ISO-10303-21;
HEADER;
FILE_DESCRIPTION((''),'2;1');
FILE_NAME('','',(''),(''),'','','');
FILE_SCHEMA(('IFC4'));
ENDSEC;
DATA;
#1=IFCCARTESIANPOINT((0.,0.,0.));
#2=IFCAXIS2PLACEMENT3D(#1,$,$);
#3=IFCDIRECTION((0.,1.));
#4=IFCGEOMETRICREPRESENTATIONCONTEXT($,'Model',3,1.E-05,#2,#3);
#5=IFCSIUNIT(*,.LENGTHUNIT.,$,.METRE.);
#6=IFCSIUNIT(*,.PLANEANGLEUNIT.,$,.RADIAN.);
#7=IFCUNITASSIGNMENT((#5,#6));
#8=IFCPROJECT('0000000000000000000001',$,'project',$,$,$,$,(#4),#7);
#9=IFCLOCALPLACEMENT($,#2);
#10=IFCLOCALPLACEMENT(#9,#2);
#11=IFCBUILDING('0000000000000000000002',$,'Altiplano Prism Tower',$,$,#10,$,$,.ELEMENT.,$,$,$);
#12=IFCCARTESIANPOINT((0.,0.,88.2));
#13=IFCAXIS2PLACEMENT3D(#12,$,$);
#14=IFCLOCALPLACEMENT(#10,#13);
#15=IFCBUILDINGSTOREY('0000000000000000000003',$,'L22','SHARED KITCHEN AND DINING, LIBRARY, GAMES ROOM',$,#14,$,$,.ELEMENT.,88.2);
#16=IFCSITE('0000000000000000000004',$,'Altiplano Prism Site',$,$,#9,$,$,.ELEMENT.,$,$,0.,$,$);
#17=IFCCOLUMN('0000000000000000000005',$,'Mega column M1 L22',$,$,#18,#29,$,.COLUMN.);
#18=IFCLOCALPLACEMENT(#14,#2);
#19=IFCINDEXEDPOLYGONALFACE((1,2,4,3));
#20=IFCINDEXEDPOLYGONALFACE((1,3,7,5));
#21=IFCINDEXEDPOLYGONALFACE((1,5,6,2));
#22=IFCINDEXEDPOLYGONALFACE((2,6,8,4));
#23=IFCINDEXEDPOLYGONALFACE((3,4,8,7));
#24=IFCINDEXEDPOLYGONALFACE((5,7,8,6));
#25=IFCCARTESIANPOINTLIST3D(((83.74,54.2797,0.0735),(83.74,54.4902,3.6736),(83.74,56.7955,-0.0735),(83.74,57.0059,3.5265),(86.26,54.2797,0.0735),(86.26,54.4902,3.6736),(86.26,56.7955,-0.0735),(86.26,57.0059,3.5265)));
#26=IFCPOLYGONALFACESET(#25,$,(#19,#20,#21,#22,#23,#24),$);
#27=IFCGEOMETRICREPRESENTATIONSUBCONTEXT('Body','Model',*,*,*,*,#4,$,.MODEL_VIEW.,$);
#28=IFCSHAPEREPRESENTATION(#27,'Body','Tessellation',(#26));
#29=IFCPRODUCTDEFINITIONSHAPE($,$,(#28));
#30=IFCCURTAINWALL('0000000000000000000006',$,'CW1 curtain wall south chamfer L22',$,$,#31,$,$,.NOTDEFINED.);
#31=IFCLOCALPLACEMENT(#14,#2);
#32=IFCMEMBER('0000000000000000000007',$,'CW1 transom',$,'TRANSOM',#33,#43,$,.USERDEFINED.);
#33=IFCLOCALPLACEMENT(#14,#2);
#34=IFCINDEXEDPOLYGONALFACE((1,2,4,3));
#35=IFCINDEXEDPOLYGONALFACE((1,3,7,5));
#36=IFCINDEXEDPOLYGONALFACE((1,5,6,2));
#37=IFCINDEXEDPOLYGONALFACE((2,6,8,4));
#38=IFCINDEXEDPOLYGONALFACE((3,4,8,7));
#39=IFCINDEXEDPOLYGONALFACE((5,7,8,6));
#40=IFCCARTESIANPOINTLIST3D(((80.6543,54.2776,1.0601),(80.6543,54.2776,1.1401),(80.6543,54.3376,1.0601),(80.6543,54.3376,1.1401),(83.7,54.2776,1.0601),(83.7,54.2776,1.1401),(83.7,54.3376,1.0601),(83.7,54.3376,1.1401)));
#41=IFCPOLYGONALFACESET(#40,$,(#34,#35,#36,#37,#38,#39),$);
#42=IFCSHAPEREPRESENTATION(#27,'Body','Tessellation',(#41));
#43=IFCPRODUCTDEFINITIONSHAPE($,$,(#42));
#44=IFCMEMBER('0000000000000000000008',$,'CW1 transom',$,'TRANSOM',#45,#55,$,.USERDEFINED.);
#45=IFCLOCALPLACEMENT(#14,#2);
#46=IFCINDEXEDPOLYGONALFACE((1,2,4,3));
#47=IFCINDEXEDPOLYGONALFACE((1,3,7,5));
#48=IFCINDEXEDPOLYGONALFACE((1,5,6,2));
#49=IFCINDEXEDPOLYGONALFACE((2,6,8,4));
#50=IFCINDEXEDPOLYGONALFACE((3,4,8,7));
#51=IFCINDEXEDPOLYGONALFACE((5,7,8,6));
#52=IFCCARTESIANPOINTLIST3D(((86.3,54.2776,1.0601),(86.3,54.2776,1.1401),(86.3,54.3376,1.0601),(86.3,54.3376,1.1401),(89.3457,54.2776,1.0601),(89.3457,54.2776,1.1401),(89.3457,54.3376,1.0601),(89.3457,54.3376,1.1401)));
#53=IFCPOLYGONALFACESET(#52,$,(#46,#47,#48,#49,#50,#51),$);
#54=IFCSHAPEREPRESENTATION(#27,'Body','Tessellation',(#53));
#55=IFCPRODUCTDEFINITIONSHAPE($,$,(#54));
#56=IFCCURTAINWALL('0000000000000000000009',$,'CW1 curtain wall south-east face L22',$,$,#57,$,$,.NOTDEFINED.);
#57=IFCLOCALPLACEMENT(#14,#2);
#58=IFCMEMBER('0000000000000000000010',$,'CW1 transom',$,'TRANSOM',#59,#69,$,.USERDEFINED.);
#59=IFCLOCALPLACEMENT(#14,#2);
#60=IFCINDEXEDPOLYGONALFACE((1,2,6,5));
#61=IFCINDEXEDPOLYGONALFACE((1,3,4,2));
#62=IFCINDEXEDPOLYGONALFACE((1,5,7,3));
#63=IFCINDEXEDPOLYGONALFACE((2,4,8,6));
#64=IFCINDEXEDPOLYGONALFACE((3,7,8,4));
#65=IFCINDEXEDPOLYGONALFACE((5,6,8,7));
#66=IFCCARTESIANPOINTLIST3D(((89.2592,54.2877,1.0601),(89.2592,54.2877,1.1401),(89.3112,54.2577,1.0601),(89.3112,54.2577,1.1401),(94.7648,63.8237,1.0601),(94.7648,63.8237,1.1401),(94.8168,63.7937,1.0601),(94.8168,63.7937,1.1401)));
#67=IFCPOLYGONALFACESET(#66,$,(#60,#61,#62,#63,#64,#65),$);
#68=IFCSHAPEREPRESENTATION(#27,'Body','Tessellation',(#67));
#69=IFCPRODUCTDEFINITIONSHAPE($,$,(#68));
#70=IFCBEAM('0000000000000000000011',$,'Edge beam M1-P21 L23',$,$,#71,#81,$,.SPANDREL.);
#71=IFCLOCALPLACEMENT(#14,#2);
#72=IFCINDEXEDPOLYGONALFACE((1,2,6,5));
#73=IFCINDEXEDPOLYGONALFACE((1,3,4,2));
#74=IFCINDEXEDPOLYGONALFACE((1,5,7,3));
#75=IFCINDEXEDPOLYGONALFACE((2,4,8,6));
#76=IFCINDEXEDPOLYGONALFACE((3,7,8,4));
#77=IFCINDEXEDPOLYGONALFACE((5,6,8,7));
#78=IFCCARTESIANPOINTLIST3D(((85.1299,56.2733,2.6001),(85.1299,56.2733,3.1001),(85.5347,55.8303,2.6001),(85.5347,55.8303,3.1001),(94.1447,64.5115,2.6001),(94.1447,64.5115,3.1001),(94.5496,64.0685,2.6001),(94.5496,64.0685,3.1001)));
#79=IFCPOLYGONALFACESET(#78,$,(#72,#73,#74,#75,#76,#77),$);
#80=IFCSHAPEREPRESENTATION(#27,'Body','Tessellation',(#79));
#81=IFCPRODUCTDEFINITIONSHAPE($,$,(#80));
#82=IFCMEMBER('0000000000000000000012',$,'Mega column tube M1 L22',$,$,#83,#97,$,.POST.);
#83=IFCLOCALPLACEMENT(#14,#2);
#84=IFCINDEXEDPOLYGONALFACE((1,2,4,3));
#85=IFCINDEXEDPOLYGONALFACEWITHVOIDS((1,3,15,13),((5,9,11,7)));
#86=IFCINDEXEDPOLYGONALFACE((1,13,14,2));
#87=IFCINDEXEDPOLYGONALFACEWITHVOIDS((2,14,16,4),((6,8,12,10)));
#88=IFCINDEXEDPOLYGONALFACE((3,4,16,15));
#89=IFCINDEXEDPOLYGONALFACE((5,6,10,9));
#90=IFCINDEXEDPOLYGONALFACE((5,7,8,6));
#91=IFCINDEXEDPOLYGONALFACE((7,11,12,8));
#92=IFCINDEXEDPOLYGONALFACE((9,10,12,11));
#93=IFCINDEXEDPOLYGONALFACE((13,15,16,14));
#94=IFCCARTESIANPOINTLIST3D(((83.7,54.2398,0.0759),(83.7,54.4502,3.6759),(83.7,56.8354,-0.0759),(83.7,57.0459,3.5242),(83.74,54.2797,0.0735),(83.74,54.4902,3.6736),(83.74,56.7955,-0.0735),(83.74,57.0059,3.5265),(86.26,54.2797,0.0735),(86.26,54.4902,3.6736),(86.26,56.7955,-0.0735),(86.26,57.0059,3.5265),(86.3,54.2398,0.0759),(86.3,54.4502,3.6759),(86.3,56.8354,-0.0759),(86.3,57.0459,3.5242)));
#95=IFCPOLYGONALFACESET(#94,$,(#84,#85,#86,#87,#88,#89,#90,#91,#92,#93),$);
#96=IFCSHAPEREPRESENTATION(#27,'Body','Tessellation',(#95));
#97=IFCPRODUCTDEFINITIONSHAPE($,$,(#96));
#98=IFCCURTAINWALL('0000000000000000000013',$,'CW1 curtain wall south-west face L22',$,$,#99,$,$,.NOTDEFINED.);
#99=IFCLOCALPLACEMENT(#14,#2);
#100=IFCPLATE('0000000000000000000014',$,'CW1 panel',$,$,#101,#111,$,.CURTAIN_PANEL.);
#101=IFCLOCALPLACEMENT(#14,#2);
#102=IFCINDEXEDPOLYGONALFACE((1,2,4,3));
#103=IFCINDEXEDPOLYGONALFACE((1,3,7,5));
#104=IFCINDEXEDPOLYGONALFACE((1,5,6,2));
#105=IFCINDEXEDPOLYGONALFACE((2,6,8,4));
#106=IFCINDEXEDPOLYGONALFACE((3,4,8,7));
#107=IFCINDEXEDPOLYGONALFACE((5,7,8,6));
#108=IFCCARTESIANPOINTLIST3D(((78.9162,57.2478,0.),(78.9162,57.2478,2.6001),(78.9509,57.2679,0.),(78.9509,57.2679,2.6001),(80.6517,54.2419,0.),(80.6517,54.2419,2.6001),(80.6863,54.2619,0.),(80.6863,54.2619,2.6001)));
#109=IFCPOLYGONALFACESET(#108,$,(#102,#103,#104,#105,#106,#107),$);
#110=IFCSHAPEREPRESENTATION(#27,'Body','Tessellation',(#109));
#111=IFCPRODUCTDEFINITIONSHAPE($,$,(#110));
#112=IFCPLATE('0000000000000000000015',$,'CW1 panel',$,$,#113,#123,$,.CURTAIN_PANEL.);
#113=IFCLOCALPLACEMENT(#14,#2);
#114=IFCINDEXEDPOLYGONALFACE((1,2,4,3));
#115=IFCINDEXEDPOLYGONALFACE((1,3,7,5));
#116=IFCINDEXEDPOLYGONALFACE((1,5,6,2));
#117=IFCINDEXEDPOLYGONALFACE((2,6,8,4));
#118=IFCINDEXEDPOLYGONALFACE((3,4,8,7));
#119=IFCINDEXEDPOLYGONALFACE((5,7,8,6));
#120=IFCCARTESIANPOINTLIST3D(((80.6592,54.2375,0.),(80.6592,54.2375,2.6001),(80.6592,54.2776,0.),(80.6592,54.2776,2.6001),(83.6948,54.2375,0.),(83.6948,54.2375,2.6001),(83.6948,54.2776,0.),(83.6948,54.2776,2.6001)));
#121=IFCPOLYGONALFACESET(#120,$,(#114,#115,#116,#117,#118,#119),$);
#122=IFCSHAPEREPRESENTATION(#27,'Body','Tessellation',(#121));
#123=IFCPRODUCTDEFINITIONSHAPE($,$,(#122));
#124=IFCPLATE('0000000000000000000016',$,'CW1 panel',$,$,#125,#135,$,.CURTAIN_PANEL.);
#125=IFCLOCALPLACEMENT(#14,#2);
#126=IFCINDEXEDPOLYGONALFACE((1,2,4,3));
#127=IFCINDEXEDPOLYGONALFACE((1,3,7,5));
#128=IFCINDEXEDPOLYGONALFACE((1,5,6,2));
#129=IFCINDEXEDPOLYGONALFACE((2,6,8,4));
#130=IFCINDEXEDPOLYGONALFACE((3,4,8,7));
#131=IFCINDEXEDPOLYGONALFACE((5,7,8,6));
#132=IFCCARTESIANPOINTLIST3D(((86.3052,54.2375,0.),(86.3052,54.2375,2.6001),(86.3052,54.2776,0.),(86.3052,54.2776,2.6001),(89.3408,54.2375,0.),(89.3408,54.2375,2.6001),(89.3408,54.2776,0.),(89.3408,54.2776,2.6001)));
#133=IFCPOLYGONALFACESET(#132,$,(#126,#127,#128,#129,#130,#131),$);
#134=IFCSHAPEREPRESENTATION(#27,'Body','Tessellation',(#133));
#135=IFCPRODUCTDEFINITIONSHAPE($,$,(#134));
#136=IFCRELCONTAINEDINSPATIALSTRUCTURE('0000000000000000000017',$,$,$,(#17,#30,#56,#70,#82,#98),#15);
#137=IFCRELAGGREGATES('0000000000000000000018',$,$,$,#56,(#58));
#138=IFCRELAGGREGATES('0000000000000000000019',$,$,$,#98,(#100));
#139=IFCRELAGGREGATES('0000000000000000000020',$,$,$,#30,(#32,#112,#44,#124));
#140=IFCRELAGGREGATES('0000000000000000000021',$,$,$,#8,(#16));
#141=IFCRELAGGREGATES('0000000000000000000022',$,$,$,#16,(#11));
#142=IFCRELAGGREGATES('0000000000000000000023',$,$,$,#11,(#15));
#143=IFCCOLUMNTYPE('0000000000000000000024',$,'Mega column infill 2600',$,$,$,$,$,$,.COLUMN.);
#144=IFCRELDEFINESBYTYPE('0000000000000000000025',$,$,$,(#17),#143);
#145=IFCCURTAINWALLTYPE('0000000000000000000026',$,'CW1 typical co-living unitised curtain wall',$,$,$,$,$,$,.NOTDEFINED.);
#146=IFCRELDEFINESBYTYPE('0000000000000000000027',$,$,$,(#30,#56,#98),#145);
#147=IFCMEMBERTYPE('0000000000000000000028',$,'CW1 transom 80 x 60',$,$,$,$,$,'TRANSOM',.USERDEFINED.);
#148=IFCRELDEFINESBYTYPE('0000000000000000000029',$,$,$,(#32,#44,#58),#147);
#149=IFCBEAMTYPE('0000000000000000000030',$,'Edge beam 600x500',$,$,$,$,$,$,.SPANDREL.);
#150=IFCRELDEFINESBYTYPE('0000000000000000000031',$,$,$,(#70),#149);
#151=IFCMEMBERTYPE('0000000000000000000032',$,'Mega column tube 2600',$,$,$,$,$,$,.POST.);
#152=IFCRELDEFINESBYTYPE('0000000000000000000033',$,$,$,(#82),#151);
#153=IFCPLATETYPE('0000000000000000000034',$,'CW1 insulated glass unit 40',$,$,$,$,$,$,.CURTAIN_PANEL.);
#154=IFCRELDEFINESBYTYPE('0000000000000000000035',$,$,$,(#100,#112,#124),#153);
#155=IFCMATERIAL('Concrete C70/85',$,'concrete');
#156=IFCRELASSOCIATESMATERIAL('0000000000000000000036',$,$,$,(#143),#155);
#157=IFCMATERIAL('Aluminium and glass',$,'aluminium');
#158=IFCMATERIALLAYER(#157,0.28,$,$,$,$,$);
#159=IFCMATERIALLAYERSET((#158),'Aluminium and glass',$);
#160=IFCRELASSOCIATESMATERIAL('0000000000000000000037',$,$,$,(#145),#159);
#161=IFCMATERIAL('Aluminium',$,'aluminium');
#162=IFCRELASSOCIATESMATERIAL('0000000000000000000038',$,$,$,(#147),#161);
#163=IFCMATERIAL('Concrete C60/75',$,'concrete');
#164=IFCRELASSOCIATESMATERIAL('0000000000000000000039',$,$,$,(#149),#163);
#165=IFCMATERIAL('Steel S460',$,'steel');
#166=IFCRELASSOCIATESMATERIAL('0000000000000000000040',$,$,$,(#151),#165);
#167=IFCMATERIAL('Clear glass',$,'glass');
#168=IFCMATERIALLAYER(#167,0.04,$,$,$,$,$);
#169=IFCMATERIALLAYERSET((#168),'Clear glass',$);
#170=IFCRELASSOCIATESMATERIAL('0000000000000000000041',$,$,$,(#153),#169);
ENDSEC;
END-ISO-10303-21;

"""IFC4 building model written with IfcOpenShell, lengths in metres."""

from ifc_helpers import new_model, si_unit, direction, frame, origin, origin_2d, place, context, subcontext, project, spatial, rectangle, hollow_rectangle, extrude, material, layer, layer_set, material_profile, profile_set, type_object, element, aggregate, save


model = new_model("IFC4")

# Units and contexts
model_context = context("Model", 3, precision=1e-05, world=origin(), true_north=direction((0.0, 1.0)))
body_context = subcontext(model_context, "Body", "Model", "MODEL_VIEW")
ifc_project = project(units=[si_unit("LENGTHUNIT", "METRE"), si_unit("PLANEANGLEUNIT", "RADIAN")], contexts=[model_context])

# Site, building, storey
site_placement = place(None, origin())
site = spatial("IfcSite", under=ifc_project, at=site_placement, Name="Altiplano Prism Site", CompositionType="ELEMENT", RefElevation=0.0)
building_placement = place(site_placement, origin())
building = spatial("IfcBuilding", under=site, at=building_placement, Name="Altiplano Prism Tower", CompositionType="ELEMENT")
storey_placement = place(building_placement, frame((0.0, 0.0, 88.2)))
storey = spatial("IfcBuildingStorey", under=building, at=storey_placement, Name="L22", Description="SHARED KITCHEN AND DINING, LIBRARY, GAMES ROOM", CompositionType="ELEMENT", Elevation=88.2)

# Column
ifc_material_1 = material(Name="Concrete C70/85", Category="concrete")
ifc_material_profile_1 = material_profile(ifc_material_1, rectangle(XDim=2.52, YDim=2.52, at=origin_2d()), Name="Mega column infill 2600")
ifc_profile_set_1 = profile_set([ifc_material_profile_1], Name="Concrete C70/85")
column_type = type_object("IfcColumnType", Name="Mega column infill 2600", PredefinedType="COLUMN", material=ifc_profile_set_1)
column_placement = place(storey_placement, frame((85.0, 55.5376, 0.0), z_axis=(0.0, 0.058357, 0.998296), x_axis=(-1.0, 0.0, 0.0)))
element("IfcColumn", 1, at=column_placement, inside=storey, type_object=column_type, Name="Mega column M1 L22", PredefinedType="COLUMN", context=body_context, shape_type="SweptSolid", body=[
    extrude(rectangle(XDim=2.52, YDim=2.52, at=origin_2d()), origin(), (0.0, 0.0, 1.0), 3.6062),
])

# Curtain wall, members
ifc_material_2 = material(Name="Aluminium and glass", Category="aluminium")
ifc_layer_1 = layer(ifc_material_2, 0.28)
ifc_layer_set_1 = layer_set([ifc_layer_1], Name="Aluminium and glass")
curtain_wall_type = type_object("IfcCurtainWallType", Name="CW1 typical co-living unitised curtain wall", PredefinedType="NOTDEFINED", material=ifc_layer_set_1)
curtain_wall_1_placement = place(storey_placement, origin())
curtain_wall_1 = element("IfcCurtainWall", 2, at=curtain_wall_1_placement, inside=storey, type_object=curtain_wall_type, Name="CW1 curtain wall south chamfer L22", PredefinedType="NOTDEFINED")
ifc_material_3 = material(Name="Aluminium", Category="aluminium")
ifc_material_profile_2 = material_profile(ifc_material_3, rectangle(XDim=0.0601, YDim=0.0801, at=origin_2d()), Name="CW1 transom 80 x 60")
ifc_profile_set_2 = profile_set([ifc_material_profile_2], Name="Aluminium")
member_type_1 = type_object("IfcMemberType", Name="CW1 transom 80 x 60", ElementType="TRANSOM", PredefinedType="USERDEFINED", material=ifc_profile_set_2)
member_1_placement = place(storey_placement, frame((80.6543, 54.3076, 1.1001), z_axis=(1.0, 0.0, 0.0), x_axis=(0.0, 1.0, 0.0)))
member_1 = element("IfcMember", 3, at=member_1_placement, type_object=member_type_1, Name="CW1 transom", ObjectType="TRANSOM", PredefinedType="USERDEFINED", context=body_context, shape_type="SweptSolid", body=[
    extrude(rectangle(XDim=0.0601, YDim=0.0801, at=origin_2d()), origin(), (0.0, 0.0, 1.0), 3.0457),
])
member_2_placement = place(storey_placement, frame((86.3, 54.3076, 1.1001), z_axis=(1.0, 0.0, 0.0), x_axis=(0.0, 1.0, 0.0)))
member_2 = element("IfcMember", 4, at=member_2_placement, type_object=member_type_1, Name="CW1 transom", ObjectType="TRANSOM", PredefinedType="USERDEFINED", context=body_context, shape_type="SweptSolid", body=[
    extrude(rectangle(XDim=0.0601, YDim=0.0801, at=origin_2d()), origin(), (0.0, 0.0, 1.0), 3.0457),
])

# Curtain wall, member
curtain_wall_2_placement = place(storey_placement, origin())
curtain_wall_2 = element("IfcCurtainWall", 5, at=curtain_wall_2_placement, inside=storey, type_object=curtain_wall_type, Name="CW1 curtain wall south-east face L22", PredefinedType="NOTDEFINED")
member_3_placement = place(storey_placement, frame((89.2852, 54.2727, 1.1001), z_axis=(0.500005, 0.866023, 0.0), x_axis=(-0.866023, 0.500005, 0.0)))
member_3 = element("IfcMember", 6, at=member_3_placement, type_object=member_type_1, Name="CW1 transom", ObjectType="TRANSOM", PredefinedType="USERDEFINED", context=body_context, shape_type="SweptSolid", body=[
    extrude(rectangle(XDim=0.0601, YDim=0.0801, at=origin_2d()), origin(), (0.0, 0.0, 1.0), 11.0112),
])
aggregate(curtain_wall_2, [member_3])

# Beam
ifc_material_4 = material(Name="Concrete C60/75", Category="concrete")
ifc_material_profile_3 = material_profile(ifc_material_4, rectangle(XDim=0.6001, YDim=0.5, at=origin_2d()), Name="Edge beam 600x500")
ifc_profile_set_3 = profile_set([ifc_material_profile_3], Name="Concrete C60/75")
beam_type = type_object("IfcBeamType", Name="Edge beam 600x500", PredefinedType="SPANDREL", material=ifc_profile_set_3)
beam_placement = place(storey_placement, frame((85.3323, 56.0518, 2.8501), z_axis=(0.738188, 0.674595, 0.0), x_axis=(-0.674595, 0.738188, 0.0)))
element("IfcBeam", 7, at=beam_placement, inside=storey, type_object=beam_type, Name="Edge beam M1-P21 L23", PredefinedType="SPANDREL", context=body_context, shape_type="SweptSolid", body=[
    extrude(rectangle(XDim=0.6001, YDim=0.5, at=origin_2d()), origin(), (0.0, 0.0, 1.0), 12.2122),
])

# Member
ifc_material_5 = material(Name="Steel S460", Category="steel")
ifc_material_profile_4 = material_profile(ifc_material_5, hollow_rectangle(XDim=2.6001, YDim=2.6001, WallThickness=0.04, at=origin_2d()), Name="Mega column tube 2600")
ifc_profile_set_4 = profile_set([ifc_material_profile_4], Name="Steel S460")
member_type_2 = type_object("IfcMemberType", Name="Mega column tube 2600", PredefinedType="POST", material=ifc_profile_set_4)
member_4_placement = place(storey_placement, frame((85.0, 55.5376, 0.0), z_axis=(0.0, 0.058357, 0.998296), x_axis=(-1.0, 0.0, 0.0)))
element("IfcMember", 8, at=member_4_placement, inside=storey, type_object=member_type_2, Name="Mega column tube M1 L22", PredefinedType="POST", context=body_context, shape_type="SweptSolid", body=[
    extrude(hollow_rectangle(XDim=2.6001, YDim=2.6001, WallThickness=0.04, at=origin_2d()), origin(), (0.0, 0.0, 1.0), 3.6062),
])

# Curtain wall, plate
curtain_wall_3_placement = place(storey_placement, origin())
curtain_wall_3 = element("IfcCurtainWall", 9, at=curtain_wall_3_placement, inside=storey, type_object=curtain_wall_type, Name="CW1 curtain wall south-west face L22", PredefinedType="NOTDEFINED")
ifc_material_6 = material(Name="Clear glass", Category="glass")
ifc_layer_2 = layer(ifc_material_6, 0.04)
ifc_layer_set_2 = layer_set([ifc_layer_2], Name="Clear glass")
plate_type = type_object("IfcPlateType", Name="CW1 insulated glass unit 40", PredefinedType="CURTAIN_PANEL", material=ifc_layer_set_2)
plate_1_placement = place(storey_placement, frame((79.8013, 55.7549, 0.0), z_axis=(0.0, 0.0, 1.0), x_axis=(0.5, -0.866025, 0.0)))
plate_1 = element("IfcPlate", 10, at=plate_1_placement, type_object=plate_type, Name="CW1 panel", PredefinedType="CURTAIN_PANEL", context=body_context, shape_type="SweptSolid", body=[
    extrude(rectangle(XDim=3.4709, YDim=0.04, at=origin_2d()), origin(), (0.0, 0.0, 1.0), 2.6001),
])
aggregate(curtain_wall_3, [plate_1])

# Plates
plate_2_placement = place(storey_placement, frame((82.177, 54.2576, 0.0), z_axis=(0.0, 0.0, 1.0), x_axis=(1.0, 0.0, 0.0)))
plate_2 = element("IfcPlate", 11, at=plate_2_placement, type_object=plate_type, Name="CW1 panel", PredefinedType="CURTAIN_PANEL", context=body_context, shape_type="SweptSolid", body=[
    extrude(rectangle(XDim=3.0356, YDim=0.04, at=origin_2d()), origin(), (0.0, 0.0, 1.0), 2.6001),
])
plate_3_placement = place(storey_placement, frame((87.823, 54.2576, 0.0), z_axis=(0.0, 0.0, 1.0), x_axis=(1.0, 0.0, 0.0)))
plate_3 = element("IfcPlate", 12, at=plate_3_placement, type_object=plate_type, Name="CW1 panel", PredefinedType="CURTAIN_PANEL", context=body_context, shape_type="SweptSolid", body=[
    extrude(rectangle(XDim=3.0356, YDim=0.04, at=origin_2d()), origin(), (0.0, 0.0, 1.0), 2.6001),
])
aggregate(curtain_wall_1, [member_1, plate_2, member_2, plate_3])

save(model, "model.ifc")
